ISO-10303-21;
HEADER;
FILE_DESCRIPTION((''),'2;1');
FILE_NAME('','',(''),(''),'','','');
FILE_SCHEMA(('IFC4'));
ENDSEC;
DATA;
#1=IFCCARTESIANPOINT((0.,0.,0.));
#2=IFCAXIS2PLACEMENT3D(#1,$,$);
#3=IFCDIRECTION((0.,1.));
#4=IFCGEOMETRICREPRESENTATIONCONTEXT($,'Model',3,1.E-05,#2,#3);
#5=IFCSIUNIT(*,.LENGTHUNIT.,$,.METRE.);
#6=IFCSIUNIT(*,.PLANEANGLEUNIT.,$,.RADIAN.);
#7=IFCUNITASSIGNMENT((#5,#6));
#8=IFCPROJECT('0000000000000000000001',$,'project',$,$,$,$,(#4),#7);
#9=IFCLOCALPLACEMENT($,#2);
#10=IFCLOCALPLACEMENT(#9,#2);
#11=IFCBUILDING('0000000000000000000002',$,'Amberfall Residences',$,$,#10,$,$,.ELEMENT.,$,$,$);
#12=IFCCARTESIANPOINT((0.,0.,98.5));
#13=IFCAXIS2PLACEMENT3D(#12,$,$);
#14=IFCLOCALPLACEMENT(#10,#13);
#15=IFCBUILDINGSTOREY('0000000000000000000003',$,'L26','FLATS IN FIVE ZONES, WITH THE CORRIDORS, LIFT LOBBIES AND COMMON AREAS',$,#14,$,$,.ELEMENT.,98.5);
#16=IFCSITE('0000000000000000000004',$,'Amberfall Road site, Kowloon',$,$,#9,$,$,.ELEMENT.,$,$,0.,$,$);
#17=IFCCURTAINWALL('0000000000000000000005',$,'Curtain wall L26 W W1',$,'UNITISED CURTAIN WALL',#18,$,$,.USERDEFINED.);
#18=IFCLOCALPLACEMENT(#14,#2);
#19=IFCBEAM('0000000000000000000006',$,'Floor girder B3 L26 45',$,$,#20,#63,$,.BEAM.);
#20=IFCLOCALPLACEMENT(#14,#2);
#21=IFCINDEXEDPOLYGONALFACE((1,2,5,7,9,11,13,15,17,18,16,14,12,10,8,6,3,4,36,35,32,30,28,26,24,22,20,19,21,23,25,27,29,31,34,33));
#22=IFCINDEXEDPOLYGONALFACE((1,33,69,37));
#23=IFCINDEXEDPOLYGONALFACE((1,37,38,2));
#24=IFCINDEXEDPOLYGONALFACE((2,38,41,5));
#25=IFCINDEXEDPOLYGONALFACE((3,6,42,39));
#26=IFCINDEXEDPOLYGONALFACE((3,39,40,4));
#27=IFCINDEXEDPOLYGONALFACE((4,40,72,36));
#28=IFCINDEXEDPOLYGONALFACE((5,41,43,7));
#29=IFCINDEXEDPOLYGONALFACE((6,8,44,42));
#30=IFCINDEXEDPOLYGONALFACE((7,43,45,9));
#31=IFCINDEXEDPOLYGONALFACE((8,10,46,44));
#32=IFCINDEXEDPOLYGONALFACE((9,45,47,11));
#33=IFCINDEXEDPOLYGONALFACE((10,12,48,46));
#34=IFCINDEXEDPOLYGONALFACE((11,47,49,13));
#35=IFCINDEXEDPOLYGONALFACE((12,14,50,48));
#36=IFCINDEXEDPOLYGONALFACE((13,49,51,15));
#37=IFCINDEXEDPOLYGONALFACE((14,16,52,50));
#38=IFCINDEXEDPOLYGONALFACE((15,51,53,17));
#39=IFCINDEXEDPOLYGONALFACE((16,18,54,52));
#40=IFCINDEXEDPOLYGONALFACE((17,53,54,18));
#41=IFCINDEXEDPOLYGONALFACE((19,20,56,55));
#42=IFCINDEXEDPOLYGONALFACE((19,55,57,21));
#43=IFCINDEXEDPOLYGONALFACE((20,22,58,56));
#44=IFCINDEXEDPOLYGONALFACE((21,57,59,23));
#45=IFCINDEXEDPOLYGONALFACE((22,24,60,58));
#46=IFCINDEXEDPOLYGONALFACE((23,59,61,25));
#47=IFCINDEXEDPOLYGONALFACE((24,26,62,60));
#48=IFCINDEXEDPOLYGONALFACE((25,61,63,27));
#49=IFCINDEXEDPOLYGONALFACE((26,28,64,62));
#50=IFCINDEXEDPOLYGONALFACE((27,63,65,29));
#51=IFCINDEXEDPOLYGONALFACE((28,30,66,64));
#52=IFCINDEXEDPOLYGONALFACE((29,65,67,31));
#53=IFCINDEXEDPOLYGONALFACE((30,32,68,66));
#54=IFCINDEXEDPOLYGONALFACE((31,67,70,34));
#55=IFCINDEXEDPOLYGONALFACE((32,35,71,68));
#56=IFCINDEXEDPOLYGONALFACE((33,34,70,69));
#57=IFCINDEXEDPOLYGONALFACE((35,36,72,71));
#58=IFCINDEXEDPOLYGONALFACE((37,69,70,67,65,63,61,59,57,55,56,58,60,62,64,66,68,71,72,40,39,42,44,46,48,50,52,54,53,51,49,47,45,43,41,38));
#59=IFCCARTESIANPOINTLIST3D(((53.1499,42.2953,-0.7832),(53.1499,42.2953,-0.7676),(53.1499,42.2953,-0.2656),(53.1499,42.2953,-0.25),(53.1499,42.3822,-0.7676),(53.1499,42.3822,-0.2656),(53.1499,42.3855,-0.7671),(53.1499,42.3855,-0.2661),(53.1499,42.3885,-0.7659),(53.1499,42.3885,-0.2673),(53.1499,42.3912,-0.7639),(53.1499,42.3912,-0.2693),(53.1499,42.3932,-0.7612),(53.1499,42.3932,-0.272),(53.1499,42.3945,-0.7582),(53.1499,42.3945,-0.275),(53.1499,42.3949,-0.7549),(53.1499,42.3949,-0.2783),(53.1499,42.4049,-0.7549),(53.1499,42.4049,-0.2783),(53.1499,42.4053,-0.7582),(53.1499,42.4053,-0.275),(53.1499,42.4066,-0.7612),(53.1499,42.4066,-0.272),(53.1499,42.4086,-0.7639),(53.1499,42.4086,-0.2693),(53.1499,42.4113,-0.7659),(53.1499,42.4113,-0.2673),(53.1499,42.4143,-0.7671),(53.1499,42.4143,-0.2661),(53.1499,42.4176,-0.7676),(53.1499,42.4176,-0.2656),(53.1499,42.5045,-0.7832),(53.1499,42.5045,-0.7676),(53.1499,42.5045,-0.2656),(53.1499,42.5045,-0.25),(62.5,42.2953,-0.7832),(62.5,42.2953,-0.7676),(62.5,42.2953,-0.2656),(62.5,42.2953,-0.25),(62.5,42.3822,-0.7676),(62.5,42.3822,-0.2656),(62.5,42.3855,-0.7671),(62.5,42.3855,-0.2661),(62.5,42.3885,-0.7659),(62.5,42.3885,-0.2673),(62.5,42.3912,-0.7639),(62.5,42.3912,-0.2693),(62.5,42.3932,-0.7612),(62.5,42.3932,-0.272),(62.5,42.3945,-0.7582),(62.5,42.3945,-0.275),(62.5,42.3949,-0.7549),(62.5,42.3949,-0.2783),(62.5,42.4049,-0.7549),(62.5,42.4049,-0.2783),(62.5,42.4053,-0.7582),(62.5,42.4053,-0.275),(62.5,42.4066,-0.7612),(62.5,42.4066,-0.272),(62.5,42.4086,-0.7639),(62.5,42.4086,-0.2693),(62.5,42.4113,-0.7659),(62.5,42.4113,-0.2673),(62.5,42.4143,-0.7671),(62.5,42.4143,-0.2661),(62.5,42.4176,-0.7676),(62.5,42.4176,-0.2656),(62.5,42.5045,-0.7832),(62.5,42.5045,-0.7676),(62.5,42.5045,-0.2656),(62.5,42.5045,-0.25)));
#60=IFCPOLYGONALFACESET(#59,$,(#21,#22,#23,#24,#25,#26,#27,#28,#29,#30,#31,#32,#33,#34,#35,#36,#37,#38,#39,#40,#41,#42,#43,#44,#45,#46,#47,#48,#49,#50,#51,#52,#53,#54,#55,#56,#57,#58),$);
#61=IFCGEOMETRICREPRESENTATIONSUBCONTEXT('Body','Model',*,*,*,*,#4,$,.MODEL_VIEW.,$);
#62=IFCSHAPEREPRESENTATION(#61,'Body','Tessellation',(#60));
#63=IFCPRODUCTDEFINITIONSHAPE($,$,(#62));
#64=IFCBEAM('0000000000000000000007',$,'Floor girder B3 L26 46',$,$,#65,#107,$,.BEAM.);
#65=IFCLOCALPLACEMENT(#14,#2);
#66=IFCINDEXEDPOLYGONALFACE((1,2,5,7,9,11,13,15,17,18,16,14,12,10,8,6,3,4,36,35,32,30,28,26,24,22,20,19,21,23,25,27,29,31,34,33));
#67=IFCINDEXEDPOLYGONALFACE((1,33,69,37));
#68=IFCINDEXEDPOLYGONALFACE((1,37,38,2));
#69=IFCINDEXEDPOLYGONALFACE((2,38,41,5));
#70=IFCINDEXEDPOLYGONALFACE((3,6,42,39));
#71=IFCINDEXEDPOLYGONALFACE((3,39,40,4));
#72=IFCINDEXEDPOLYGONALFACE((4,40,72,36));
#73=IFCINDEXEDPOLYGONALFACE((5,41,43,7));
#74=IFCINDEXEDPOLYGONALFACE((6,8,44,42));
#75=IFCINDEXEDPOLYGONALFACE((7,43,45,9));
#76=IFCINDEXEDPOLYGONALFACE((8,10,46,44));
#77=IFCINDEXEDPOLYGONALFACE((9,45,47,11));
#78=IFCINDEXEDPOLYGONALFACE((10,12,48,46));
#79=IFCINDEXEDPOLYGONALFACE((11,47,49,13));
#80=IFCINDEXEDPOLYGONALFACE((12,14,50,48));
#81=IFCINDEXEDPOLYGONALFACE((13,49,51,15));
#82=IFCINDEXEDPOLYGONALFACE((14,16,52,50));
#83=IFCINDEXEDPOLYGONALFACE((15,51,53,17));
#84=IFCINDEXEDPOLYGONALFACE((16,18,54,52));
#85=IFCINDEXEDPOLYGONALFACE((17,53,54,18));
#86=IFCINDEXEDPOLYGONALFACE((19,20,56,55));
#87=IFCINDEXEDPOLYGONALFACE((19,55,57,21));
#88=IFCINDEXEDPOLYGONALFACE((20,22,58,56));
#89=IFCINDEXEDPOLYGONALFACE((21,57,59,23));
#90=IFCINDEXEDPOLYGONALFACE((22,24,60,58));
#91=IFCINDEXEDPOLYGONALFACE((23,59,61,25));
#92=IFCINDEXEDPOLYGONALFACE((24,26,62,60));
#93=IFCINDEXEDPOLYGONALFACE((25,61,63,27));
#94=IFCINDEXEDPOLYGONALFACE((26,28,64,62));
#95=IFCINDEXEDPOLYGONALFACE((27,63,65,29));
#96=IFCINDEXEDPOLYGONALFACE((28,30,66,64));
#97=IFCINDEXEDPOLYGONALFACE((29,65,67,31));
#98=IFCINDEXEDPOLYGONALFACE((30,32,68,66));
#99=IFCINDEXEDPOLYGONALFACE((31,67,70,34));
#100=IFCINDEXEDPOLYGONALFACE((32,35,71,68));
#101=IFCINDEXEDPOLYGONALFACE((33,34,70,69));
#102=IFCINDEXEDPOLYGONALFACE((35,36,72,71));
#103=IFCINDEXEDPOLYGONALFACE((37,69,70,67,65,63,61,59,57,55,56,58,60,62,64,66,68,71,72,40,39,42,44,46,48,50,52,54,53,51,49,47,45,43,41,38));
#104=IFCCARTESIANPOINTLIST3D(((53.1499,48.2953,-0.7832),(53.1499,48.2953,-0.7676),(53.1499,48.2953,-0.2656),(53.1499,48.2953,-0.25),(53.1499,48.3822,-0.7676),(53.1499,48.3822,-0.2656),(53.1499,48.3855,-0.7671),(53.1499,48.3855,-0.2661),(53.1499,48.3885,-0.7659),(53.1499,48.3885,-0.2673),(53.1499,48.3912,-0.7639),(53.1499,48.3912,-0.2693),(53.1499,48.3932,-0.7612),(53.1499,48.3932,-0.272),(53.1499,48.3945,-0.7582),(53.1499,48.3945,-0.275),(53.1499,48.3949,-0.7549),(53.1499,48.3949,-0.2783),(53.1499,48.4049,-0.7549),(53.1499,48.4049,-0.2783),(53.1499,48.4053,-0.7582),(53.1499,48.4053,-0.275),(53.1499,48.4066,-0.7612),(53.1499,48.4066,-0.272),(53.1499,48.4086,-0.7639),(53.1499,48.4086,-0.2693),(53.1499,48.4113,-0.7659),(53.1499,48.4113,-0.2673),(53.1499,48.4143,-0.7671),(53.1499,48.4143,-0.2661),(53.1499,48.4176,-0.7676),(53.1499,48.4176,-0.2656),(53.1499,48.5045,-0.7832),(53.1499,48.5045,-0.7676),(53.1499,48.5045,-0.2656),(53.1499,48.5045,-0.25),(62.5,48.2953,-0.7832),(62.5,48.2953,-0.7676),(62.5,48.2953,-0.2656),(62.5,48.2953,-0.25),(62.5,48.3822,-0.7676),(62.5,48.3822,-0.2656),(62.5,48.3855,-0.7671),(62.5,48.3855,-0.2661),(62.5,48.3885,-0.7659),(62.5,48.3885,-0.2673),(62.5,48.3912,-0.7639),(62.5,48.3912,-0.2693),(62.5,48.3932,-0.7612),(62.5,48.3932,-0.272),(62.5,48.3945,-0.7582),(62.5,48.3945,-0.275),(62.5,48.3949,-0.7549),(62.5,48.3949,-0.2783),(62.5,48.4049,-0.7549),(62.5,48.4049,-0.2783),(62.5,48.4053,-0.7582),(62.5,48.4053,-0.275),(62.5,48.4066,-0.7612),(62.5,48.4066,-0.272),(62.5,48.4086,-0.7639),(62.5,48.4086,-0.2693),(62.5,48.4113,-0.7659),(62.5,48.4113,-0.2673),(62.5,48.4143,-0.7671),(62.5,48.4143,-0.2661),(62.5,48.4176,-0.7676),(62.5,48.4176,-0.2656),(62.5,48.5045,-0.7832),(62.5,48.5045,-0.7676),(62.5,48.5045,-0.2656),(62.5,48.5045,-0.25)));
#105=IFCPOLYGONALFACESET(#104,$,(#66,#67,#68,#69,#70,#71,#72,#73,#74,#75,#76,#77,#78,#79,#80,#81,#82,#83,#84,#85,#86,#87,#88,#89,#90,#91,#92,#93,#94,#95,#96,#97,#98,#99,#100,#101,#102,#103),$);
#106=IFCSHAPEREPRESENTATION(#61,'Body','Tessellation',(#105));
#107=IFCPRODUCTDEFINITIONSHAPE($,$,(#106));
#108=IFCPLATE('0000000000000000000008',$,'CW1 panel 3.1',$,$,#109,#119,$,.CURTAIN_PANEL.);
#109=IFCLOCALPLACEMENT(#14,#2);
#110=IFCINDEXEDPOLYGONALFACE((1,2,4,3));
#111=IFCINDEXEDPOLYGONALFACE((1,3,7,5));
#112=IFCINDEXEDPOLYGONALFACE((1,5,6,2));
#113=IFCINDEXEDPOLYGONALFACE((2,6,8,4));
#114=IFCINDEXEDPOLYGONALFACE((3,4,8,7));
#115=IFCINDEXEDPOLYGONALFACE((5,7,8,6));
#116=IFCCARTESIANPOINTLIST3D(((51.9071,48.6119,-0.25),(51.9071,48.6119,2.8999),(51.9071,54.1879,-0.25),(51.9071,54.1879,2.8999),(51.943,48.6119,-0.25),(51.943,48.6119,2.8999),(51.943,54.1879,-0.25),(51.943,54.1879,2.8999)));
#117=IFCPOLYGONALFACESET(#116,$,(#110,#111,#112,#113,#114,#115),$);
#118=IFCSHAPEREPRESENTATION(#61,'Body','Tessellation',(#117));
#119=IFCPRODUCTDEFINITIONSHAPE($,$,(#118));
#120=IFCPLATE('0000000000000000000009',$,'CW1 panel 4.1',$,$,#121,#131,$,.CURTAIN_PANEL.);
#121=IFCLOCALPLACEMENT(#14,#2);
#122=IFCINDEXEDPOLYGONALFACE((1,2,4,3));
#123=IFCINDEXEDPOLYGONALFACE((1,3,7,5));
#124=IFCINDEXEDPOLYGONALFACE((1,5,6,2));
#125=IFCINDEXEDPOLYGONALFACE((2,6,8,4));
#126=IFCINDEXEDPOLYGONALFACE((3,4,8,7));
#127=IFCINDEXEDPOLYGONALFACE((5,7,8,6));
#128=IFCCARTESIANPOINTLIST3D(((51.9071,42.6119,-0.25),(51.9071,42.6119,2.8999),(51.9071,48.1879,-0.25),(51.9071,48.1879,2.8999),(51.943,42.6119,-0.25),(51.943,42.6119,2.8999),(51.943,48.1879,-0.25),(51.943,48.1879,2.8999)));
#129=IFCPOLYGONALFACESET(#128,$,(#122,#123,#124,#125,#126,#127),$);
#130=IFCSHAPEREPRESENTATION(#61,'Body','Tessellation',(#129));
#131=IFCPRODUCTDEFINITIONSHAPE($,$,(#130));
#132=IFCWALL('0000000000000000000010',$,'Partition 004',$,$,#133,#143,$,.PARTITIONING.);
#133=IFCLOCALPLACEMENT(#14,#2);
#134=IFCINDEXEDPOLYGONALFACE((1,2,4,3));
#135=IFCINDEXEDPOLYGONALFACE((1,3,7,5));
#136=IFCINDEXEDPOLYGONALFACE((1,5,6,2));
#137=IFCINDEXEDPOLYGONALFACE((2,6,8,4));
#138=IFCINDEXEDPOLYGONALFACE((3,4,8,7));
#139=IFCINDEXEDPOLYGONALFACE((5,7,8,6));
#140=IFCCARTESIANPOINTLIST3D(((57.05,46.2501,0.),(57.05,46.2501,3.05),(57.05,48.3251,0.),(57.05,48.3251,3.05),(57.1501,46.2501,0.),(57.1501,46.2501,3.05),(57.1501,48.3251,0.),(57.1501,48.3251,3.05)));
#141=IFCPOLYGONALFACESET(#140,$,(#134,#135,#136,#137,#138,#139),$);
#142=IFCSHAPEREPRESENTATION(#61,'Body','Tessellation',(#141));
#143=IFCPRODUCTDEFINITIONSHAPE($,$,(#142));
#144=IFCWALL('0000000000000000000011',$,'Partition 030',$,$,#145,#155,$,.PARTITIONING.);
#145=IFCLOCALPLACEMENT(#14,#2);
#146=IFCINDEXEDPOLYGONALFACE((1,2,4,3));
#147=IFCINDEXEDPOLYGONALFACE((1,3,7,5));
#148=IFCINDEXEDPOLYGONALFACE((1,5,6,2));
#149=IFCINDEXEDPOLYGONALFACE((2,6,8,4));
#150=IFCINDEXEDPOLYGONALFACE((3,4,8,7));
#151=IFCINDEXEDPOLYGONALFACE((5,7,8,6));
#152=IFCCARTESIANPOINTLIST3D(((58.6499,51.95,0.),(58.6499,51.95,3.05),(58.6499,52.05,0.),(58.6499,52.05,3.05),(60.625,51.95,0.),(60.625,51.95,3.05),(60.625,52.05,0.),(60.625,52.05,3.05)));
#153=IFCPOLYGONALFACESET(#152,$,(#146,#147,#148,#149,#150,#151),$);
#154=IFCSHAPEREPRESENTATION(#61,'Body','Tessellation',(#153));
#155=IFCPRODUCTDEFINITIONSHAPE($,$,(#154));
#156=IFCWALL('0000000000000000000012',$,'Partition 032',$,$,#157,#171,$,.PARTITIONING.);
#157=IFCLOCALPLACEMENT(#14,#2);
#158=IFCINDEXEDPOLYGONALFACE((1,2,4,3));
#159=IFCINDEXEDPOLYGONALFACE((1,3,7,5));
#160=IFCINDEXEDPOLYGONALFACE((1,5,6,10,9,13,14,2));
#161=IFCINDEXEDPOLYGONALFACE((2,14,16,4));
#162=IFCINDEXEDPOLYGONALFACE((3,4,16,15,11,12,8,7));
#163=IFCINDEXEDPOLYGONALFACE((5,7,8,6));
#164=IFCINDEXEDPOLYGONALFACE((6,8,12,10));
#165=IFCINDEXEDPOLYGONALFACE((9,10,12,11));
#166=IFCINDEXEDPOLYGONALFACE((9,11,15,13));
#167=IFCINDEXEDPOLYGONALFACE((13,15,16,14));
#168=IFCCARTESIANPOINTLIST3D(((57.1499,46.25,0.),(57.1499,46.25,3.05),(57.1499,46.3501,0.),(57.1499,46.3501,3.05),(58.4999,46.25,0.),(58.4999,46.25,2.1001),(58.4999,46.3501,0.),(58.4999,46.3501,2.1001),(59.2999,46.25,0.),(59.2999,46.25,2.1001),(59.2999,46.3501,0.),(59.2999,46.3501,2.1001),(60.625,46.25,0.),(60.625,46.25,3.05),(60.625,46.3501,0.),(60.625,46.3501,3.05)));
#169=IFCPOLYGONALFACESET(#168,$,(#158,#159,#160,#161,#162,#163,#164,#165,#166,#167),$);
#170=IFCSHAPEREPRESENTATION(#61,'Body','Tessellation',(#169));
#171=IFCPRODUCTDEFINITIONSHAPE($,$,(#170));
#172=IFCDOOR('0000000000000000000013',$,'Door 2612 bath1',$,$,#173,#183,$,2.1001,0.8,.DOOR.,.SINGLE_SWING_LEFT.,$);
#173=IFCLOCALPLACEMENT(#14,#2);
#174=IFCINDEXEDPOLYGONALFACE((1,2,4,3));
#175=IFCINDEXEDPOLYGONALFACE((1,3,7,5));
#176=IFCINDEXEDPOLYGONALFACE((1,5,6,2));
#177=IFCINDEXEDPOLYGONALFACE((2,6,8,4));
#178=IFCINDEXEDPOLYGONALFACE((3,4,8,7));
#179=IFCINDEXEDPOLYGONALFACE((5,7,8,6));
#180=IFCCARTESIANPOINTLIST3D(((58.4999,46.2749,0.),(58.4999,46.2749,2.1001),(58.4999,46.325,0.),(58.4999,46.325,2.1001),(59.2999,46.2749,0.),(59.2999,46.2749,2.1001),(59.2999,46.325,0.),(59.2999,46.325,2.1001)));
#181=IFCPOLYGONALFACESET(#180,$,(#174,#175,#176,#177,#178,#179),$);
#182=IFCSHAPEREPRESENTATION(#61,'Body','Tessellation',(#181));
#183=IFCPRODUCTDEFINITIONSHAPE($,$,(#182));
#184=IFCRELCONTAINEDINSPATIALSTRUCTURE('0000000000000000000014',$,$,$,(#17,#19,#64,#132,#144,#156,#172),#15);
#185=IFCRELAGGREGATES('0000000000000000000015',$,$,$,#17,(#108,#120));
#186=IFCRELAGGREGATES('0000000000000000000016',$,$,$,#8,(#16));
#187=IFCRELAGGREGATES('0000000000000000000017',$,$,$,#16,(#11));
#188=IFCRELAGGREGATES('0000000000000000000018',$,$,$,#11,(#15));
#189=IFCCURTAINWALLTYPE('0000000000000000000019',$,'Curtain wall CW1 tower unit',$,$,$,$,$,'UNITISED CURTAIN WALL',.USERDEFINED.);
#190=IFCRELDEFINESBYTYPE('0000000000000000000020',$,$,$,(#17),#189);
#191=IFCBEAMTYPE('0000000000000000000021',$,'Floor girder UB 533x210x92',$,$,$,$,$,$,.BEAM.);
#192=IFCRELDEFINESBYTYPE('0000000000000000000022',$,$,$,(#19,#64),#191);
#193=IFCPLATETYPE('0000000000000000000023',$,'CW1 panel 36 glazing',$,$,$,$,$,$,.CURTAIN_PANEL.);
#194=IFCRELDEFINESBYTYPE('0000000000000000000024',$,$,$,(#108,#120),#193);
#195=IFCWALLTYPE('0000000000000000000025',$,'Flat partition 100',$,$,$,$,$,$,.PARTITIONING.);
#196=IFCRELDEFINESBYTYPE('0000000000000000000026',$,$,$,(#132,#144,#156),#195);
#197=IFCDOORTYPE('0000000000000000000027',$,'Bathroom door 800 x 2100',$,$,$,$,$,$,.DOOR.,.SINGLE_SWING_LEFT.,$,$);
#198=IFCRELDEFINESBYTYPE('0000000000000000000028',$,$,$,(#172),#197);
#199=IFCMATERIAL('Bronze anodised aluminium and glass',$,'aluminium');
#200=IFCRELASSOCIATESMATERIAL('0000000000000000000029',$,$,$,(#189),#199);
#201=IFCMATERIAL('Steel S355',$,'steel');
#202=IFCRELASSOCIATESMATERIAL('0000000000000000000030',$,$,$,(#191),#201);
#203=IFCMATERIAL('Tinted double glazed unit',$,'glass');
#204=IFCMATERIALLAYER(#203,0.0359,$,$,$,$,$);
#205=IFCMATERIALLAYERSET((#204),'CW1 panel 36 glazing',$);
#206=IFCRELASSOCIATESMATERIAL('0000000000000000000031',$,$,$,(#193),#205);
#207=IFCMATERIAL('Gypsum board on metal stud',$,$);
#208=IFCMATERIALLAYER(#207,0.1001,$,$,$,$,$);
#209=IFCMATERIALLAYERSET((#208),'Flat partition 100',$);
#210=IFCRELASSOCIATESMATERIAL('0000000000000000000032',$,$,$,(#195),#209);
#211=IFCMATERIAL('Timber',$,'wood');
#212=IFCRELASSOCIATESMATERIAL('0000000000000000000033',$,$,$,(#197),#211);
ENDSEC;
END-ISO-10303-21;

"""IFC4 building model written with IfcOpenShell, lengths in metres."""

from ifc_helpers import new_model, si_unit, direction, frame, frame_2d, origin, origin_2d, place, context, subcontext, project, spatial, rectangle, i_section, extrude, material, layer, layer_set, material_profile, profile_set, type_object, element, fill, aggregate, save


model = new_model("IFC4")

# Units and contexts
model_context = context("Model", 3, precision=1e-05, world=origin(), true_north=direction((0.0, 1.0)))
body_context = subcontext(model_context, "Body", "Model", "MODEL_VIEW")
ifc_project = project(units=[si_unit("LENGTHUNIT", "METRE"), si_unit("PLANEANGLEUNIT", "RADIAN")], contexts=[model_context])

# Site, building, storey
site_placement = place(None, origin())
site = spatial("IfcSite", under=ifc_project, at=site_placement, Name="Amberfall Road site, Kowloon", CompositionType="ELEMENT", RefElevation=0.0)
building_placement = place(site_placement, origin())
building = spatial("IfcBuilding", under=site, at=building_placement, Name="Amberfall Residences", CompositionType="ELEMENT")
storey_placement = place(building_placement, frame((0.0, 0.0, 98.5)))
storey = spatial("IfcBuildingStorey", under=building, at=storey_placement, Name="L26", Description="FLATS IN FIVE ZONES, WITH THE CORRIDORS, LIFT LOBBIES AND COMMON AREAS", CompositionType="ELEMENT", Elevation=98.5)

# Curtain wall
ifc_material_1 = material(Name="Bronze anodised aluminium and glass", Category="aluminium")
curtain_wall_type = type_object("IfcCurtainWallType", Name="Curtain wall CW1 tower unit", ElementType="UNITISED CURTAIN WALL", PredefinedType="USERDEFINED", material=ifc_material_1)
curtain_wall_placement = place(storey_placement, origin())
curtain_wall = element("IfcCurtainWall", 1, at=curtain_wall_placement, inside=storey, type_object=curtain_wall_type, Name="Curtain wall L26 W W1", ObjectType="UNITISED CURTAIN WALL", PredefinedType="USERDEFINED")

# Shared definitions
ifc_material_2 = material(Name="Steel S355", Category="steel")

# Beams
ifc_material_profile_1 = material_profile(ifc_material_2, i_section(OverallWidth=0.2092, OverallDepth=0.5332, WebThickness=0.01, FlangeThickness=0.0156, FilletRadius=0.0127, at=origin_2d()), Name="UB 533x210x92")
ifc_profile_set_1 = profile_set([ifc_material_profile_1], Name="Steel S355")
beam_type_1 = type_object("IfcBeamType", Name="Floor girder UB 533x210x92", PredefinedType="BEAM", material=ifc_profile_set_1)
for number, where, z_axis, x_axis, name in (
    (2, (53.1499, 42.3999, -0.5166), (1.0, 0.0, 0.0), (0.0, 1.0, 0.0), "Floor girder B3 L26 45"),
    (3, (53.1499, 48.3999, -0.5166), (1.0, 0.0, 0.0), (0.0, 1.0, 0.0), "Floor girder B3 L26 46"),
):
    element("IfcBeam", number, at=place(storey_placement, frame(where, z_axis=z_axis, x_axis=x_axis)), inside=storey, type_object=beam_type_1, Name=name, PredefinedType="BEAM", context=body_context, shape_type="SweptSolid", body=[
        extrude(i_section(OverallWidth=0.2092, OverallDepth=0.5332, WebThickness=0.01, FlangeThickness=0.0156, FilletRadius=0.0127, at=origin_2d()), origin(), (0.0, 0.0, 1.0), 9.3501),
    ])

# Plates
ifc_material_3 = material(Name="Tinted double glazed unit", Category="glass")
ifc_layer_1 = layer(ifc_material_3, 0.0359)
ifc_layer_set_1 = layer_set([ifc_layer_1], Name="CW1 panel 36 glazing")
plate_type = type_object("IfcPlateType", Name="CW1 panel 36 glazing", PredefinedType="CURTAIN_PANEL", material=ifc_layer_set_1)
plate_1_placement = place(storey_placement, frame((51.925, 51.3999, -0.25), z_axis=(0.0, 0.0, 1.0), x_axis=(0.0, -1.0, 0.0)))
plate_1 = element("IfcPlate", 4, at=plate_1_placement, type_object=plate_type, Name="CW1 panel 3.1", PredefinedType="CURTAIN_PANEL", context=body_context, shape_type="SweptSolid", body=[
    extrude(rectangle(XDim=5.5759, YDim=0.0359, at=origin_2d()), origin(), (0.0, 0.0, 1.0), 3.1499),
])
plate_2_placement = place(storey_placement, frame((51.925, 45.3999, -0.25), z_axis=(0.0, 0.0, 1.0), x_axis=(0.0, -1.0, 0.0)))
plate_2 = element("IfcPlate", 5, at=plate_2_placement, type_object=plate_type, Name="CW1 panel 4.1", PredefinedType="CURTAIN_PANEL", context=body_context, shape_type="SweptSolid", body=[
    extrude(rectangle(XDim=5.5759, YDim=0.0359, at=origin_2d()), origin(), (0.0, 0.0, 1.0), 3.1499),
])
aggregate(curtain_wall, [plate_1, plate_2])

# Walls
ifc_material_4 = material(Name="Gypsum board on metal stud")
ifc_layer_2 = layer(ifc_material_4, 0.1001)
ifc_layer_set_2 = layer_set([ifc_layer_2], Name="Flat partition 100")
wall_type_1 = type_object("IfcWallType", Name="Flat partition 100", PredefinedType="PARTITIONING", material=ifc_layer_set_2)
wall_1_placement = place(storey_placement, frame((57.1001, 46.25, 0.0), z_axis=(0.0, 0.0, 1.0), x_axis=(0.0, 1.0, 0.0)))
element("IfcWall", 6, at=wall_1_placement, inside=storey, type_object=wall_type_1, Name="Partition 004", PredefinedType="PARTITIONING", context=body_context, shape_type="SweptSolid", body=[
    extrude(rectangle(XDim=2.075, YDim=0.1001, at=frame_2d((1.0376, 0.0))), origin(), (0.0, 0.0, 1.0), 3.05),
])
wall_2_placement = place(storey_placement, frame((58.6499, 52.0, 0.0), z_axis=(0.0, 0.0, 1.0), x_axis=(1.0, 0.0, 0.0)))
element("IfcWall", 7, at=wall_2_placement, inside=storey, type_object=wall_type_1, Name="Partition 030", PredefinedType="PARTITIONING", context=body_context, shape_type="SweptSolid", body=[
    extrude(rectangle(XDim=1.9751, YDim=0.1001, at=frame_2d((0.9875, 0.0))), origin(), (0.0, 0.0, 1.0), 3.05),
])

# Wall, opening, door
wall_3_placement = place(storey_placement, frame((57.1499, 46.3, 0.0), z_axis=(0.0, 0.0, 1.0), x_axis=(1.0, 0.0, 0.0)))
wall_3 = element("IfcWall", 8, at=wall_3_placement, inside=storey, type_object=wall_type_1, Name="Partition 032", PredefinedType="PARTITIONING", context=body_context, shape_type="SweptSolid", body=[
    extrude(rectangle(XDim=3.4751, YDim=0.1001, at=frame_2d((1.7375, 0.0))), origin(), (0.0, 0.0, 1.0), 3.05),
])
opening_placement = place(wall_3_placement, frame((1.3501, 0.0, 0.0)))
opening = element("IfcOpeningElement", 9, at=opening_placement, cuts=wall_3, PredefinedType="OPENING", context=body_context, shape_type="SweptSolid", body=[
    extrude(rectangle(XDim=0.8, YDim=2.1001, at=frame_2d((0.3999, 1.05))), frame((0.0, 0.0601, 0.0), z_axis=(0.0, -1.0, 0.0), x_axis=(1.0, 0.0, 0.0)), (0.0, 0.0, 1.0), 0.1201),
])
ifc_material_5 = material(Name="Timber", Category="wood")
door_type = type_object("IfcDoorType", Name="Bathroom door 800 x 2100", OperationType="SINGLE_SWING_LEFT", PredefinedType="DOOR", material=ifc_material_5)
door_placement = place(opening_placement, origin())
door = element("IfcDoor", 10, at=door_placement, inside=storey, type_object=door_type, Name="Door 2612 bath1", OperationType="SINGLE_SWING_LEFT", OverallHeight=2.1001, OverallWidth=0.8, PredefinedType="DOOR", context=body_context, shape_type="SweptSolid", body=[
    extrude(rectangle(XDim=0.8, YDim=2.1001, at=frame_2d((0.3999, 1.05))), frame((0.0, 0.0249, 0.0), z_axis=(0.0, -1.0, 0.0), x_axis=(1.0, 0.0, 0.0)), (0.0, 0.0, 1.0), 0.05),
])
fill(opening, door)

save(model, "model.ifc")
